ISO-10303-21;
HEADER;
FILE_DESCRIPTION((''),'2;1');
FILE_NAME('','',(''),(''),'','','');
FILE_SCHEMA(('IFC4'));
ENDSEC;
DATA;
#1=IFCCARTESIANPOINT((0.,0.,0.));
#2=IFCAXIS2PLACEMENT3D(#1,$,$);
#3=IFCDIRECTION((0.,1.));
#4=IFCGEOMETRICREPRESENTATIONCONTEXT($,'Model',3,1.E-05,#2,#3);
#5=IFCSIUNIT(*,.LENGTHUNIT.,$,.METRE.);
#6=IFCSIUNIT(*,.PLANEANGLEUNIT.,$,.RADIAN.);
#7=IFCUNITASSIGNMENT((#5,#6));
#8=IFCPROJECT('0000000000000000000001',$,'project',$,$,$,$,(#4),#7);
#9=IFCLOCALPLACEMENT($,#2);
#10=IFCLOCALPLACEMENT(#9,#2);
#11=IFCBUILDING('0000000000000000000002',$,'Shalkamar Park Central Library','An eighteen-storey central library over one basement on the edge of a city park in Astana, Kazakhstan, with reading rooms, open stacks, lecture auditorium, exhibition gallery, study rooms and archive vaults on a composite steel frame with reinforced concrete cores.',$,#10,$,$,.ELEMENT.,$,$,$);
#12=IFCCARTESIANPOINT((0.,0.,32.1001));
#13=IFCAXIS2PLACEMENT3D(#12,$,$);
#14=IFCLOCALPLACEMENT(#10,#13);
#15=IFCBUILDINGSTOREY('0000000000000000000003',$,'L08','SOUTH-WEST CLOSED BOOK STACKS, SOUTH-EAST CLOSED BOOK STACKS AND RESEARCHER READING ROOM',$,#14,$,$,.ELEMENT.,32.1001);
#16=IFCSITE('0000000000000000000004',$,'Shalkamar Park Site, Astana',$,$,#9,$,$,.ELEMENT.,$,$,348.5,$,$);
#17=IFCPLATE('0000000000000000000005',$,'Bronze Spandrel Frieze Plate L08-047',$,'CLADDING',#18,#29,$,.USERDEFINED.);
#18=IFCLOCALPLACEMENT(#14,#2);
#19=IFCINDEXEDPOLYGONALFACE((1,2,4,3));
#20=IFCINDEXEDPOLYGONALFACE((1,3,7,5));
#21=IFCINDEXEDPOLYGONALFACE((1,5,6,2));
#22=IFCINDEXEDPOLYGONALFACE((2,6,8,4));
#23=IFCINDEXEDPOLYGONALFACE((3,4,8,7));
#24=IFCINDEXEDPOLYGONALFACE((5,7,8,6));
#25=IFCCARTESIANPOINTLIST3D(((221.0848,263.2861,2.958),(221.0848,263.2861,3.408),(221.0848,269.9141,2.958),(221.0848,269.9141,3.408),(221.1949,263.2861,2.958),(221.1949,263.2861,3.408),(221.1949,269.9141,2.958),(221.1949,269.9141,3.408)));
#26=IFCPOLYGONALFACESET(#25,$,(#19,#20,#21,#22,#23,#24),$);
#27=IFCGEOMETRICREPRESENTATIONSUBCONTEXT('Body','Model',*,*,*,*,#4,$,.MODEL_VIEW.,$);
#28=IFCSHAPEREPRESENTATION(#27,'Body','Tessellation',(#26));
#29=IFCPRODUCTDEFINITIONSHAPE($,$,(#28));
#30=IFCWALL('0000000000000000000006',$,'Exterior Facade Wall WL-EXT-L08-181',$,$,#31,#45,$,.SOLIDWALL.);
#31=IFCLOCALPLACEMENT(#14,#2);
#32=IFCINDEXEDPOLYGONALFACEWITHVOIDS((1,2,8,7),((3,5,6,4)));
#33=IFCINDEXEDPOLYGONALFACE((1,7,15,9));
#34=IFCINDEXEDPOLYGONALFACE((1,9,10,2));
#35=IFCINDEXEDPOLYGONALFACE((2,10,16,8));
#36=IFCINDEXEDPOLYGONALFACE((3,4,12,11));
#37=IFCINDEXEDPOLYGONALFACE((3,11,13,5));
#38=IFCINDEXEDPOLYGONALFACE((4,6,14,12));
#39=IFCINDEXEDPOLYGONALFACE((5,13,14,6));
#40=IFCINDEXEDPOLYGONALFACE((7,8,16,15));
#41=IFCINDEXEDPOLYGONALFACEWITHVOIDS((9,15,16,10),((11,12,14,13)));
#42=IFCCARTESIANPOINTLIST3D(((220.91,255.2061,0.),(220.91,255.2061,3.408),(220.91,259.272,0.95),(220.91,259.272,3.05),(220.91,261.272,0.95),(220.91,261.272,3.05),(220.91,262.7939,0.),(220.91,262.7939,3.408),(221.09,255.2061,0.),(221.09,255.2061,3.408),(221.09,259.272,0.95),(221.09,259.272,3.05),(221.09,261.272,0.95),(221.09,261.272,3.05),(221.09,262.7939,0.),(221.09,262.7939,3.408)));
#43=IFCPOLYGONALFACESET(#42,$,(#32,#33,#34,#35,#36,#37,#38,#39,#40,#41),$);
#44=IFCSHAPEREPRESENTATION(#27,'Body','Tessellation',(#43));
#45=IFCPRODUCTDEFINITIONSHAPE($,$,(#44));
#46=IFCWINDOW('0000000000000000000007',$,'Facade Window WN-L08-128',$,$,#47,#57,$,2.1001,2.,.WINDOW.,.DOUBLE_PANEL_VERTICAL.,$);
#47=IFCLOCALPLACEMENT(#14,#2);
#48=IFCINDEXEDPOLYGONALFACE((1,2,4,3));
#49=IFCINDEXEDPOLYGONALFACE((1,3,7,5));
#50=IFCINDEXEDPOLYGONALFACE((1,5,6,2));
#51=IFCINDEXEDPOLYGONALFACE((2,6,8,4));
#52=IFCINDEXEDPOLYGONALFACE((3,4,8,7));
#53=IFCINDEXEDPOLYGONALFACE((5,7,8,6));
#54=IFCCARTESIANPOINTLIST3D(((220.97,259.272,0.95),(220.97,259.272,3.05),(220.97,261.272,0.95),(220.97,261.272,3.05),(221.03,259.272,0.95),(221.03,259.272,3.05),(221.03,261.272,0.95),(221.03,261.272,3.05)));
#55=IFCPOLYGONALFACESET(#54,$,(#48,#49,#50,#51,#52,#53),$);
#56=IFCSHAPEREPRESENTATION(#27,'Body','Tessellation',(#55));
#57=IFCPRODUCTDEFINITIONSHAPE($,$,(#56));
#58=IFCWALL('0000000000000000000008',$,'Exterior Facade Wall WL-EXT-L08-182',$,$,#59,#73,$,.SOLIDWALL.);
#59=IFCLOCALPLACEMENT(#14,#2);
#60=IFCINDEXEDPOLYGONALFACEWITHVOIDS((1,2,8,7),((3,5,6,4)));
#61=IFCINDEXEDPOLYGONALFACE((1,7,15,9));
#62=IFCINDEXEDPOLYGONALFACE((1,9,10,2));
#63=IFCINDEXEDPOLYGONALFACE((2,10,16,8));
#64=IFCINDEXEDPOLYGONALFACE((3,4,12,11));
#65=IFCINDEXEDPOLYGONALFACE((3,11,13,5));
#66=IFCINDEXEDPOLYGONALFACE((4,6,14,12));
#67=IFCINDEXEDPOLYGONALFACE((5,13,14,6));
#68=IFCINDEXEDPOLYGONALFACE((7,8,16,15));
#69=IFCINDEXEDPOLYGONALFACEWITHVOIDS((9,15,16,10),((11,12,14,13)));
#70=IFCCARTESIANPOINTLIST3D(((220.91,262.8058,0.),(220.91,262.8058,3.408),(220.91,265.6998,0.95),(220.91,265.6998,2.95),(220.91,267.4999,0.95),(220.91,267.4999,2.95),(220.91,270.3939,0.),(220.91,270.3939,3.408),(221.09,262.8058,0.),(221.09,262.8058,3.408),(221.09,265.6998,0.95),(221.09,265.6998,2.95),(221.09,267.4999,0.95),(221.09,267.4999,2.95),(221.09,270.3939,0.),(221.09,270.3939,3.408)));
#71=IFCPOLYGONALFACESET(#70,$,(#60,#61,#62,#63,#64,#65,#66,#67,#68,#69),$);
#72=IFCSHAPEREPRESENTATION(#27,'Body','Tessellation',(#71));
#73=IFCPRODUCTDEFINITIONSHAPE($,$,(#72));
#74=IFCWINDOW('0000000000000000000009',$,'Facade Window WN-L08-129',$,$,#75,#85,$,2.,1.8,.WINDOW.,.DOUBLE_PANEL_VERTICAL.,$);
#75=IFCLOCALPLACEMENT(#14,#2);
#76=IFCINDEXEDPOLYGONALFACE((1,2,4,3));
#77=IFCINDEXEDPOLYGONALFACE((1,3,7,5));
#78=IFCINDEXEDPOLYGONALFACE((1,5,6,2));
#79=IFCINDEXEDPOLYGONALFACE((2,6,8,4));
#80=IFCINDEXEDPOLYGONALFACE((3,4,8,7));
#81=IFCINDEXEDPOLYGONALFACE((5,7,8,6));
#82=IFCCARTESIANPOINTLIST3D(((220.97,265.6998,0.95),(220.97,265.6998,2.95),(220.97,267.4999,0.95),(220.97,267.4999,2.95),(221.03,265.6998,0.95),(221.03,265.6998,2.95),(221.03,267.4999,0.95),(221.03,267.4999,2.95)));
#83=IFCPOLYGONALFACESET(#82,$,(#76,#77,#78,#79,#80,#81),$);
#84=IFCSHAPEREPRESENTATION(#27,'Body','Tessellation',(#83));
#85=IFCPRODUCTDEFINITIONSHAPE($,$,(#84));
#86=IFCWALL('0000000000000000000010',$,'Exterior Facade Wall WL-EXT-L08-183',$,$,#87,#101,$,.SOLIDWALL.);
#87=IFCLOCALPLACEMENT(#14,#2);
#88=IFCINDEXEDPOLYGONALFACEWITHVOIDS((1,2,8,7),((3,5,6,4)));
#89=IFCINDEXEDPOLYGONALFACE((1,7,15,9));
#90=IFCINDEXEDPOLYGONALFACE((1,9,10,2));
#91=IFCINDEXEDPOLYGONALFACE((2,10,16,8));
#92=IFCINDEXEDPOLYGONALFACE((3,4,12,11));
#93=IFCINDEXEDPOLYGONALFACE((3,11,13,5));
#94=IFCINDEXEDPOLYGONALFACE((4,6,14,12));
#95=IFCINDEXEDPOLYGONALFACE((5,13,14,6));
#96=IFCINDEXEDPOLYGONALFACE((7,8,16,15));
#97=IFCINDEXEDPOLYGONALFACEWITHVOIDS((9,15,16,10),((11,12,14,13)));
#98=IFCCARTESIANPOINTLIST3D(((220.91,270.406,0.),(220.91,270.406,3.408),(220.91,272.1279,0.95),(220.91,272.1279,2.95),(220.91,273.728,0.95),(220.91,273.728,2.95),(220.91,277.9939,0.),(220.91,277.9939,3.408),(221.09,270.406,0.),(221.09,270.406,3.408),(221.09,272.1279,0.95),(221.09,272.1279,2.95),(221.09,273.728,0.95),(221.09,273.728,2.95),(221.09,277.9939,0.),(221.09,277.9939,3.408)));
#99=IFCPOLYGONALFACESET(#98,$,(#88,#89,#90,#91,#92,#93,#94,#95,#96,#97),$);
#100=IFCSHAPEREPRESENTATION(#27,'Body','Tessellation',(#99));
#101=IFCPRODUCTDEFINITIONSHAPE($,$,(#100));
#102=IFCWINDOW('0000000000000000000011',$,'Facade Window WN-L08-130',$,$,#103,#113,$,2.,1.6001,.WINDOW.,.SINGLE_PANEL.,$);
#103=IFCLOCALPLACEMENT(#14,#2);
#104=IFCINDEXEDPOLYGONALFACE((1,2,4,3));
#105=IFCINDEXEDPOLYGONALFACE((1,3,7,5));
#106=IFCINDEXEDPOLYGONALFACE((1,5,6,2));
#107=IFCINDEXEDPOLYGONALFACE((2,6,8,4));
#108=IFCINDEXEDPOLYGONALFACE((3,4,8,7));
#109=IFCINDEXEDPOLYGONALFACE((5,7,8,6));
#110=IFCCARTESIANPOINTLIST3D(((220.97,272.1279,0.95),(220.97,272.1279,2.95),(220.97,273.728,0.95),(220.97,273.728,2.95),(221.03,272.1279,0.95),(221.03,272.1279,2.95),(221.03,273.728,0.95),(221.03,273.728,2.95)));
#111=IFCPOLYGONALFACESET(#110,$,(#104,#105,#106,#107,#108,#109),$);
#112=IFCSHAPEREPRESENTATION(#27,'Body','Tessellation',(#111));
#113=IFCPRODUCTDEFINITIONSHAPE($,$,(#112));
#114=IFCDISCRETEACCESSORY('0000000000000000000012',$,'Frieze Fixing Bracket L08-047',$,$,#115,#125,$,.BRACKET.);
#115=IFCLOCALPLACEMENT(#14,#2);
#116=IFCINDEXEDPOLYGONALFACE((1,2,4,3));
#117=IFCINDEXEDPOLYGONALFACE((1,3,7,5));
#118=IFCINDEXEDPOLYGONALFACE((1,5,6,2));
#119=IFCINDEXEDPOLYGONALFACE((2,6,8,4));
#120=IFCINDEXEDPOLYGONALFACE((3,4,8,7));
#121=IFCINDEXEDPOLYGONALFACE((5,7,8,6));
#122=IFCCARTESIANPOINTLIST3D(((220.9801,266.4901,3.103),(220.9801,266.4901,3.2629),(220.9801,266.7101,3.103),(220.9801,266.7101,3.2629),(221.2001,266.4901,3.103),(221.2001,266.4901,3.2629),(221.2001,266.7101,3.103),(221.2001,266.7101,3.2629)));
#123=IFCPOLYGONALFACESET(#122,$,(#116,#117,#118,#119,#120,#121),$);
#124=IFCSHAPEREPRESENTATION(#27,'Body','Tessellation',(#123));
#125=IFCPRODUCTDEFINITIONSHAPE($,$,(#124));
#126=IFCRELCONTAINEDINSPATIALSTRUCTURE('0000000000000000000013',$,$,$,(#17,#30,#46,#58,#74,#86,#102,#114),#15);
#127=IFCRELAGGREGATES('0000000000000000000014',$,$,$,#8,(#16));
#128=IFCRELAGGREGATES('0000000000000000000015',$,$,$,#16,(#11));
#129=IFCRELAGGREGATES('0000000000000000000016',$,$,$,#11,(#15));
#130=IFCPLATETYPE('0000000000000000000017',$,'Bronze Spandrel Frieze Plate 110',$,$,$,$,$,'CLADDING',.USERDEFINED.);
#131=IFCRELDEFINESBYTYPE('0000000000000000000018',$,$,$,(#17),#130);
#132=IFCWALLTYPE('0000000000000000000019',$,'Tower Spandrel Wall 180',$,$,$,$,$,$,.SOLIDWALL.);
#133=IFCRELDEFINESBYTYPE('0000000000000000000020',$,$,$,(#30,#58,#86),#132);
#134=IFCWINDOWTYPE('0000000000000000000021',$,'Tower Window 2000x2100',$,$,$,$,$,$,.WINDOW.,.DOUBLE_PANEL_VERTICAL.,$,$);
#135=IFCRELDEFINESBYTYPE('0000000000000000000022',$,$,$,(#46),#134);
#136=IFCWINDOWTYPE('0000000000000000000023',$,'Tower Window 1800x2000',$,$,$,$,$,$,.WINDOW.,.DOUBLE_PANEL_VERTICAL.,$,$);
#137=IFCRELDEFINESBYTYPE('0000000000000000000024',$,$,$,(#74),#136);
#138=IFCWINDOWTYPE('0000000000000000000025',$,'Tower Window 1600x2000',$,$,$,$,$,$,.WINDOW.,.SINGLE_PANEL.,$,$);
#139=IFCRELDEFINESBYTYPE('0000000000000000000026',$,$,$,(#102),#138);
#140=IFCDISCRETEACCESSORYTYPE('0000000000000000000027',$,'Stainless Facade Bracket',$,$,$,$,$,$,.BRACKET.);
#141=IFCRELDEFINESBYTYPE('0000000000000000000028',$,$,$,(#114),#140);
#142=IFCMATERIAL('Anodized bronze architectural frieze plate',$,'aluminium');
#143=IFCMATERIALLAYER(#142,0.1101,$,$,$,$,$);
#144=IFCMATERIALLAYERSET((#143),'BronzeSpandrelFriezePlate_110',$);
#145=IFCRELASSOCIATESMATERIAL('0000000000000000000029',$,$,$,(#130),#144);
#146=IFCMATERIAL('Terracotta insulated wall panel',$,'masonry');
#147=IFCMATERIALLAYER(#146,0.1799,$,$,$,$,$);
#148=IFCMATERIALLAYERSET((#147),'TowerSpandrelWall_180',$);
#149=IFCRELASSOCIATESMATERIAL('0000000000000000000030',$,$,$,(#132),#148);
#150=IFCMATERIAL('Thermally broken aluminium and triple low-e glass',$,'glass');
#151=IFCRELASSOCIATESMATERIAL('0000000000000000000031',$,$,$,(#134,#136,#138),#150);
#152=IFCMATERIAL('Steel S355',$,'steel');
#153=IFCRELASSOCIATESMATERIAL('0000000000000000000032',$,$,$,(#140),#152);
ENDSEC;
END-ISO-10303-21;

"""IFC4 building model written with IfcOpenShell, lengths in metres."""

from ifc_helpers import new_model, si_unit, direction, frame, frame_2d, origin, origin_2d, place, context, subcontext, project, spatial, rectangle, extrude, material, layer, layer_set, type_object, element, fill, save


model = new_model("IFC4")

# Units and contexts
model_context = context("Model", 3, precision=1e-05, world=origin(), true_north=direction((0.0, 1.0)))
body_context = subcontext(model_context, "Body", "Model", "MODEL_VIEW")
ifc_project = project(units=[si_unit("LENGTHUNIT", "METRE"), si_unit("PLANEANGLEUNIT", "RADIAN")], contexts=[model_context])

# Site, building, storey
site_placement = place(None, origin())
site = spatial("IfcSite", under=ifc_project, at=site_placement, Name="Shalkamar Park Site, Astana", CompositionType="ELEMENT", RefElevation=348.5)
building_placement = place(site_placement, origin())
building = spatial("IfcBuilding", under=site, at=building_placement, Name="Shalkamar Park Central Library", Description="An eighteen-storey central library over one basement on the edge of a city park in Astana, Kazakhstan, with reading rooms, open stacks, lecture auditorium, exhibition gallery, study rooms and archive vaults on a composite steel frame with reinforced concrete cores.", CompositionType="ELEMENT")
storey_placement = place(building_placement, frame((0.0, 0.0, 32.1001)))
storey = spatial("IfcBuildingStorey", under=building, at=storey_placement, Name="L08", Description="SOUTH-WEST CLOSED BOOK STACKS, SOUTH-EAST CLOSED BOOK STACKS AND RESEARCHER READING ROOM", CompositionType="ELEMENT", Elevation=32.1001)

# Shared definitions
ifc_material_1 = material(Name="Steel S355", Category="steel")

# Plate
ifc_material_2 = material(Name="Anodized bronze architectural frieze plate", Category="aluminium")
ifc_layer_1 = layer(ifc_material_2, 0.1101)
ifc_layer_set_1 = layer_set([ifc_layer_1], Name="BronzeSpandrelFriezePlate_110")
plate_type = type_object("IfcPlateType", Name="Bronze Spandrel Frieze Plate 110", ElementType="CLADDING", PredefinedType="USERDEFINED", material=ifc_layer_set_1)
plate_placement = place(storey_placement, frame((221.1399, 266.6001, 2.958), z_axis=(0.0, 0.0, 1.0), x_axis=(1.0, 0.0, 0.0)))
element("IfcPlate", 1, at=plate_placement, inside=storey, type_object=plate_type, Name="Bronze Spandrel Frieze Plate L08-047", ObjectType="CLADDING", PredefinedType="USERDEFINED", context=body_context, shape_type="SweptSolid", body=[
    extrude(rectangle(XDim=0.1101, YDim=6.6279, at=origin_2d()), origin(), (0.0, 0.0, 1.0), 0.45),
])

# Walls, openings, windows
ifc_material_3 = material(Name="Terracotta insulated wall panel", Category="masonry")
ifc_layer_2 = layer(ifc_material_3, 0.1799)
ifc_layer_set_2 = layer_set([ifc_layer_2], Name="TowerSpandrelWall_180")
wall_type = type_object("IfcWallType", Name="Tower Spandrel Wall 180", PredefinedType="SOLIDWALL", material=ifc_layer_set_2)
wall_1_placement = place(storey_placement, frame((221.0, 255.2061, 0.0), z_axis=(0.0, 0.0, 1.0), x_axis=(0.0, 1.0, 0.0)))
wall_1 = element("IfcWall", 2, at=wall_1_placement, inside=storey, type_object=wall_type, Name="Exterior Facade Wall WL-EXT-L08-181", PredefinedType="SOLIDWALL", context=body_context, shape_type="SweptSolid", body=[
    extrude(rectangle(XDim=7.5879, YDim=0.1799, at=frame_2d((3.7939, 0.0))), origin(), (0.0, 0.0, 1.0), 3.408),
])
opening_1_placement = place(wall_1_placement, frame((4.0659, 0.0, 0.95)))
opening_1 = element("IfcOpeningElement", 3, at=opening_1_placement, cuts=wall_1, PredefinedType="OPENING", context=body_context, shape_type="SweptSolid", body=[
    extrude(rectangle(XDim=2.0, YDim=2.1001, at=frame_2d((1.0, 1.05))), frame((0.0, 0.105, 0.0), z_axis=(0.0, -1.0, 0.0), x_axis=(1.0, 0.0, 0.0)), (0.0, 0.0, 1.0), 0.2097),
])
ifc_material_4 = material(Name="Thermally broken aluminium and triple low-e glass", Category="glass")
window_type_1 = type_object("IfcWindowType", Name="Tower Window 2000x2100", PartitioningType="DOUBLE_PANEL_VERTICAL", PredefinedType="WINDOW", material=ifc_material_4)
window_1_placement = place(opening_1_placement, origin())
window_1 = element("IfcWindow", 4, at=window_1_placement, inside=storey, type_object=window_type_1, Name="Facade Window WN-L08-128", OverallHeight=2.1001, OverallWidth=2.0, PartitioningType="DOUBLE_PANEL_VERTICAL", PredefinedType="WINDOW", context=body_context, shape_type="SweptSolid", body=[
    extrude(rectangle(XDim=2.0, YDim=2.1001, at=frame_2d((1.0, 1.05))), frame((0.0, 0.03, 0.0), z_axis=(0.0, -1.0, 0.0), x_axis=(1.0, 0.0, 0.0)), (0.0, 0.0, 1.0), 0.0601),
])
fill(opening_1, window_1)
wall_2_placement = place(storey_placement, frame((221.0, 262.8059, 0.0), z_axis=(0.0, 0.0, 1.0), x_axis=(0.0, 1.0, 0.0)))
wall_2 = element("IfcWall", 5, at=wall_2_placement, inside=storey, type_object=wall_type, Name="Exterior Facade Wall WL-EXT-L08-182", PredefinedType="SOLIDWALL", context=body_context, shape_type="SweptSolid", body=[
    extrude(rectangle(XDim=7.5881, YDim=0.1799, at=frame_2d((3.7939, 0.0))), origin(), (0.0, 0.0, 1.0), 3.408),
])
opening_2_placement = place(wall_2_placement, frame((2.894, 0.0, 0.95)))
opening_2 = element("IfcOpeningElement", 6, at=opening_2_placement, cuts=wall_2, PredefinedType="OPENING", context=body_context, shape_type="SweptSolid", body=[
    extrude(rectangle(XDim=1.8, YDim=2.0, at=frame_2d((0.8999, 1.0))), frame((0.0, 0.105, 0.0), z_axis=(0.0, -1.0, 0.0), x_axis=(1.0, 0.0, 0.0)), (0.0, 0.0, 1.0), 0.2097),
])
window_type_2 = type_object("IfcWindowType", Name="Tower Window 1800x2000", PartitioningType="DOUBLE_PANEL_VERTICAL", PredefinedType="WINDOW", material=ifc_material_4)
window_2_placement = place(opening_2_placement, origin())
window_2 = element("IfcWindow", 7, at=window_2_placement, inside=storey, type_object=window_type_2, Name="Facade Window WN-L08-129", OverallHeight=2.0, OverallWidth=1.8, PartitioningType="DOUBLE_PANEL_VERTICAL", PredefinedType="WINDOW", context=body_context, shape_type="SweptSolid", body=[
    extrude(rectangle(XDim=1.8, YDim=2.0, at=frame_2d((0.8999, 1.0))), frame((0.0, 0.03, 0.0), z_axis=(0.0, -1.0, 0.0), x_axis=(1.0, 0.0, 0.0)), (0.0, 0.0, 1.0), 0.0601),
])
fill(opening_2, window_2)
wall_3_placement = place(storey_placement, frame((221.0, 270.406, 0.0), z_axis=(0.0, 0.0, 1.0), x_axis=(0.0, 1.0, 0.0)))
wall_3 = element("IfcWall", 8, at=wall_3_placement, inside=storey, type_object=wall_type, Name="Exterior Facade Wall WL-EXT-L08-183", PredefinedType="SOLIDWALL", context=body_context, shape_type="SweptSolid", body=[
    extrude(rectangle(XDim=7.5879, YDim=0.1799, at=frame_2d((3.7939, 0.0))), origin(), (0.0, 0.0, 1.0), 3.408),
])
opening_3_placement = place(wall_3_placement, frame((1.7219, 0.0, 0.95)))
opening_3 = element("IfcOpeningElement", 9, at=opening_3_placement, cuts=wall_3, PredefinedType="OPENING", context=body_context, shape_type="SweptSolid", body=[
    extrude(rectangle(XDim=1.6001, YDim=2.0, at=frame_2d((0.8, 1.0))), frame((0.0, 0.105, 0.0), z_axis=(0.0, -1.0, 0.0), x_axis=(1.0, 0.0, 0.0)), (0.0, 0.0, 1.0), 0.2097),
])
window_type_3 = type_object("IfcWindowType", Name="Tower Window 1600x2000", PartitioningType="SINGLE_PANEL", PredefinedType="WINDOW", material=ifc_material_4)
window_3_placement = place(opening_3_placement, origin())
window_3 = element("IfcWindow", 10, at=window_3_placement, inside=storey, type_object=window_type_3, Name="Facade Window WN-L08-130", OverallHeight=2.0, OverallWidth=1.6001, PartitioningType="SINGLE_PANEL", PredefinedType="WINDOW", context=body_context, shape_type="SweptSolid", body=[
    extrude(rectangle(XDim=1.6001, YDim=2.0, at=frame_2d((0.8, 1.0))), frame((0.0, 0.03, 0.0), z_axis=(0.0, -1.0, 0.0), x_axis=(1.0, 0.0, 0.0)), (0.0, 0.0, 1.0), 0.0601),
])
fill(opening_3, window_3)

# Discrete accessory
discrete_accessory_type = type_object("IfcDiscreteAccessoryType", Name="Stainless Facade Bracket", PredefinedType="BRACKET", material=ifc_material_1)
discrete_accessory_placement = place(storey_placement, frame((221.0901, 266.6001, 3.103), z_axis=(0.0, 0.0, 1.0), x_axis=(1.0, 0.0, 0.0)))
element("IfcDiscreteAccessory", 11, at=discrete_accessory_placement, inside=storey, type_object=discrete_accessory_type, Name="Frieze Fixing Bracket L08-047", PredefinedType="BRACKET", context=body_context, shape_type="SweptSolid", body=[
    extrude(rectangle(XDim=0.22, YDim=0.22, at=origin_2d()), origin(), (0.0, 0.0, 1.0), 0.1599),
])

save(model, "model.ifc")
